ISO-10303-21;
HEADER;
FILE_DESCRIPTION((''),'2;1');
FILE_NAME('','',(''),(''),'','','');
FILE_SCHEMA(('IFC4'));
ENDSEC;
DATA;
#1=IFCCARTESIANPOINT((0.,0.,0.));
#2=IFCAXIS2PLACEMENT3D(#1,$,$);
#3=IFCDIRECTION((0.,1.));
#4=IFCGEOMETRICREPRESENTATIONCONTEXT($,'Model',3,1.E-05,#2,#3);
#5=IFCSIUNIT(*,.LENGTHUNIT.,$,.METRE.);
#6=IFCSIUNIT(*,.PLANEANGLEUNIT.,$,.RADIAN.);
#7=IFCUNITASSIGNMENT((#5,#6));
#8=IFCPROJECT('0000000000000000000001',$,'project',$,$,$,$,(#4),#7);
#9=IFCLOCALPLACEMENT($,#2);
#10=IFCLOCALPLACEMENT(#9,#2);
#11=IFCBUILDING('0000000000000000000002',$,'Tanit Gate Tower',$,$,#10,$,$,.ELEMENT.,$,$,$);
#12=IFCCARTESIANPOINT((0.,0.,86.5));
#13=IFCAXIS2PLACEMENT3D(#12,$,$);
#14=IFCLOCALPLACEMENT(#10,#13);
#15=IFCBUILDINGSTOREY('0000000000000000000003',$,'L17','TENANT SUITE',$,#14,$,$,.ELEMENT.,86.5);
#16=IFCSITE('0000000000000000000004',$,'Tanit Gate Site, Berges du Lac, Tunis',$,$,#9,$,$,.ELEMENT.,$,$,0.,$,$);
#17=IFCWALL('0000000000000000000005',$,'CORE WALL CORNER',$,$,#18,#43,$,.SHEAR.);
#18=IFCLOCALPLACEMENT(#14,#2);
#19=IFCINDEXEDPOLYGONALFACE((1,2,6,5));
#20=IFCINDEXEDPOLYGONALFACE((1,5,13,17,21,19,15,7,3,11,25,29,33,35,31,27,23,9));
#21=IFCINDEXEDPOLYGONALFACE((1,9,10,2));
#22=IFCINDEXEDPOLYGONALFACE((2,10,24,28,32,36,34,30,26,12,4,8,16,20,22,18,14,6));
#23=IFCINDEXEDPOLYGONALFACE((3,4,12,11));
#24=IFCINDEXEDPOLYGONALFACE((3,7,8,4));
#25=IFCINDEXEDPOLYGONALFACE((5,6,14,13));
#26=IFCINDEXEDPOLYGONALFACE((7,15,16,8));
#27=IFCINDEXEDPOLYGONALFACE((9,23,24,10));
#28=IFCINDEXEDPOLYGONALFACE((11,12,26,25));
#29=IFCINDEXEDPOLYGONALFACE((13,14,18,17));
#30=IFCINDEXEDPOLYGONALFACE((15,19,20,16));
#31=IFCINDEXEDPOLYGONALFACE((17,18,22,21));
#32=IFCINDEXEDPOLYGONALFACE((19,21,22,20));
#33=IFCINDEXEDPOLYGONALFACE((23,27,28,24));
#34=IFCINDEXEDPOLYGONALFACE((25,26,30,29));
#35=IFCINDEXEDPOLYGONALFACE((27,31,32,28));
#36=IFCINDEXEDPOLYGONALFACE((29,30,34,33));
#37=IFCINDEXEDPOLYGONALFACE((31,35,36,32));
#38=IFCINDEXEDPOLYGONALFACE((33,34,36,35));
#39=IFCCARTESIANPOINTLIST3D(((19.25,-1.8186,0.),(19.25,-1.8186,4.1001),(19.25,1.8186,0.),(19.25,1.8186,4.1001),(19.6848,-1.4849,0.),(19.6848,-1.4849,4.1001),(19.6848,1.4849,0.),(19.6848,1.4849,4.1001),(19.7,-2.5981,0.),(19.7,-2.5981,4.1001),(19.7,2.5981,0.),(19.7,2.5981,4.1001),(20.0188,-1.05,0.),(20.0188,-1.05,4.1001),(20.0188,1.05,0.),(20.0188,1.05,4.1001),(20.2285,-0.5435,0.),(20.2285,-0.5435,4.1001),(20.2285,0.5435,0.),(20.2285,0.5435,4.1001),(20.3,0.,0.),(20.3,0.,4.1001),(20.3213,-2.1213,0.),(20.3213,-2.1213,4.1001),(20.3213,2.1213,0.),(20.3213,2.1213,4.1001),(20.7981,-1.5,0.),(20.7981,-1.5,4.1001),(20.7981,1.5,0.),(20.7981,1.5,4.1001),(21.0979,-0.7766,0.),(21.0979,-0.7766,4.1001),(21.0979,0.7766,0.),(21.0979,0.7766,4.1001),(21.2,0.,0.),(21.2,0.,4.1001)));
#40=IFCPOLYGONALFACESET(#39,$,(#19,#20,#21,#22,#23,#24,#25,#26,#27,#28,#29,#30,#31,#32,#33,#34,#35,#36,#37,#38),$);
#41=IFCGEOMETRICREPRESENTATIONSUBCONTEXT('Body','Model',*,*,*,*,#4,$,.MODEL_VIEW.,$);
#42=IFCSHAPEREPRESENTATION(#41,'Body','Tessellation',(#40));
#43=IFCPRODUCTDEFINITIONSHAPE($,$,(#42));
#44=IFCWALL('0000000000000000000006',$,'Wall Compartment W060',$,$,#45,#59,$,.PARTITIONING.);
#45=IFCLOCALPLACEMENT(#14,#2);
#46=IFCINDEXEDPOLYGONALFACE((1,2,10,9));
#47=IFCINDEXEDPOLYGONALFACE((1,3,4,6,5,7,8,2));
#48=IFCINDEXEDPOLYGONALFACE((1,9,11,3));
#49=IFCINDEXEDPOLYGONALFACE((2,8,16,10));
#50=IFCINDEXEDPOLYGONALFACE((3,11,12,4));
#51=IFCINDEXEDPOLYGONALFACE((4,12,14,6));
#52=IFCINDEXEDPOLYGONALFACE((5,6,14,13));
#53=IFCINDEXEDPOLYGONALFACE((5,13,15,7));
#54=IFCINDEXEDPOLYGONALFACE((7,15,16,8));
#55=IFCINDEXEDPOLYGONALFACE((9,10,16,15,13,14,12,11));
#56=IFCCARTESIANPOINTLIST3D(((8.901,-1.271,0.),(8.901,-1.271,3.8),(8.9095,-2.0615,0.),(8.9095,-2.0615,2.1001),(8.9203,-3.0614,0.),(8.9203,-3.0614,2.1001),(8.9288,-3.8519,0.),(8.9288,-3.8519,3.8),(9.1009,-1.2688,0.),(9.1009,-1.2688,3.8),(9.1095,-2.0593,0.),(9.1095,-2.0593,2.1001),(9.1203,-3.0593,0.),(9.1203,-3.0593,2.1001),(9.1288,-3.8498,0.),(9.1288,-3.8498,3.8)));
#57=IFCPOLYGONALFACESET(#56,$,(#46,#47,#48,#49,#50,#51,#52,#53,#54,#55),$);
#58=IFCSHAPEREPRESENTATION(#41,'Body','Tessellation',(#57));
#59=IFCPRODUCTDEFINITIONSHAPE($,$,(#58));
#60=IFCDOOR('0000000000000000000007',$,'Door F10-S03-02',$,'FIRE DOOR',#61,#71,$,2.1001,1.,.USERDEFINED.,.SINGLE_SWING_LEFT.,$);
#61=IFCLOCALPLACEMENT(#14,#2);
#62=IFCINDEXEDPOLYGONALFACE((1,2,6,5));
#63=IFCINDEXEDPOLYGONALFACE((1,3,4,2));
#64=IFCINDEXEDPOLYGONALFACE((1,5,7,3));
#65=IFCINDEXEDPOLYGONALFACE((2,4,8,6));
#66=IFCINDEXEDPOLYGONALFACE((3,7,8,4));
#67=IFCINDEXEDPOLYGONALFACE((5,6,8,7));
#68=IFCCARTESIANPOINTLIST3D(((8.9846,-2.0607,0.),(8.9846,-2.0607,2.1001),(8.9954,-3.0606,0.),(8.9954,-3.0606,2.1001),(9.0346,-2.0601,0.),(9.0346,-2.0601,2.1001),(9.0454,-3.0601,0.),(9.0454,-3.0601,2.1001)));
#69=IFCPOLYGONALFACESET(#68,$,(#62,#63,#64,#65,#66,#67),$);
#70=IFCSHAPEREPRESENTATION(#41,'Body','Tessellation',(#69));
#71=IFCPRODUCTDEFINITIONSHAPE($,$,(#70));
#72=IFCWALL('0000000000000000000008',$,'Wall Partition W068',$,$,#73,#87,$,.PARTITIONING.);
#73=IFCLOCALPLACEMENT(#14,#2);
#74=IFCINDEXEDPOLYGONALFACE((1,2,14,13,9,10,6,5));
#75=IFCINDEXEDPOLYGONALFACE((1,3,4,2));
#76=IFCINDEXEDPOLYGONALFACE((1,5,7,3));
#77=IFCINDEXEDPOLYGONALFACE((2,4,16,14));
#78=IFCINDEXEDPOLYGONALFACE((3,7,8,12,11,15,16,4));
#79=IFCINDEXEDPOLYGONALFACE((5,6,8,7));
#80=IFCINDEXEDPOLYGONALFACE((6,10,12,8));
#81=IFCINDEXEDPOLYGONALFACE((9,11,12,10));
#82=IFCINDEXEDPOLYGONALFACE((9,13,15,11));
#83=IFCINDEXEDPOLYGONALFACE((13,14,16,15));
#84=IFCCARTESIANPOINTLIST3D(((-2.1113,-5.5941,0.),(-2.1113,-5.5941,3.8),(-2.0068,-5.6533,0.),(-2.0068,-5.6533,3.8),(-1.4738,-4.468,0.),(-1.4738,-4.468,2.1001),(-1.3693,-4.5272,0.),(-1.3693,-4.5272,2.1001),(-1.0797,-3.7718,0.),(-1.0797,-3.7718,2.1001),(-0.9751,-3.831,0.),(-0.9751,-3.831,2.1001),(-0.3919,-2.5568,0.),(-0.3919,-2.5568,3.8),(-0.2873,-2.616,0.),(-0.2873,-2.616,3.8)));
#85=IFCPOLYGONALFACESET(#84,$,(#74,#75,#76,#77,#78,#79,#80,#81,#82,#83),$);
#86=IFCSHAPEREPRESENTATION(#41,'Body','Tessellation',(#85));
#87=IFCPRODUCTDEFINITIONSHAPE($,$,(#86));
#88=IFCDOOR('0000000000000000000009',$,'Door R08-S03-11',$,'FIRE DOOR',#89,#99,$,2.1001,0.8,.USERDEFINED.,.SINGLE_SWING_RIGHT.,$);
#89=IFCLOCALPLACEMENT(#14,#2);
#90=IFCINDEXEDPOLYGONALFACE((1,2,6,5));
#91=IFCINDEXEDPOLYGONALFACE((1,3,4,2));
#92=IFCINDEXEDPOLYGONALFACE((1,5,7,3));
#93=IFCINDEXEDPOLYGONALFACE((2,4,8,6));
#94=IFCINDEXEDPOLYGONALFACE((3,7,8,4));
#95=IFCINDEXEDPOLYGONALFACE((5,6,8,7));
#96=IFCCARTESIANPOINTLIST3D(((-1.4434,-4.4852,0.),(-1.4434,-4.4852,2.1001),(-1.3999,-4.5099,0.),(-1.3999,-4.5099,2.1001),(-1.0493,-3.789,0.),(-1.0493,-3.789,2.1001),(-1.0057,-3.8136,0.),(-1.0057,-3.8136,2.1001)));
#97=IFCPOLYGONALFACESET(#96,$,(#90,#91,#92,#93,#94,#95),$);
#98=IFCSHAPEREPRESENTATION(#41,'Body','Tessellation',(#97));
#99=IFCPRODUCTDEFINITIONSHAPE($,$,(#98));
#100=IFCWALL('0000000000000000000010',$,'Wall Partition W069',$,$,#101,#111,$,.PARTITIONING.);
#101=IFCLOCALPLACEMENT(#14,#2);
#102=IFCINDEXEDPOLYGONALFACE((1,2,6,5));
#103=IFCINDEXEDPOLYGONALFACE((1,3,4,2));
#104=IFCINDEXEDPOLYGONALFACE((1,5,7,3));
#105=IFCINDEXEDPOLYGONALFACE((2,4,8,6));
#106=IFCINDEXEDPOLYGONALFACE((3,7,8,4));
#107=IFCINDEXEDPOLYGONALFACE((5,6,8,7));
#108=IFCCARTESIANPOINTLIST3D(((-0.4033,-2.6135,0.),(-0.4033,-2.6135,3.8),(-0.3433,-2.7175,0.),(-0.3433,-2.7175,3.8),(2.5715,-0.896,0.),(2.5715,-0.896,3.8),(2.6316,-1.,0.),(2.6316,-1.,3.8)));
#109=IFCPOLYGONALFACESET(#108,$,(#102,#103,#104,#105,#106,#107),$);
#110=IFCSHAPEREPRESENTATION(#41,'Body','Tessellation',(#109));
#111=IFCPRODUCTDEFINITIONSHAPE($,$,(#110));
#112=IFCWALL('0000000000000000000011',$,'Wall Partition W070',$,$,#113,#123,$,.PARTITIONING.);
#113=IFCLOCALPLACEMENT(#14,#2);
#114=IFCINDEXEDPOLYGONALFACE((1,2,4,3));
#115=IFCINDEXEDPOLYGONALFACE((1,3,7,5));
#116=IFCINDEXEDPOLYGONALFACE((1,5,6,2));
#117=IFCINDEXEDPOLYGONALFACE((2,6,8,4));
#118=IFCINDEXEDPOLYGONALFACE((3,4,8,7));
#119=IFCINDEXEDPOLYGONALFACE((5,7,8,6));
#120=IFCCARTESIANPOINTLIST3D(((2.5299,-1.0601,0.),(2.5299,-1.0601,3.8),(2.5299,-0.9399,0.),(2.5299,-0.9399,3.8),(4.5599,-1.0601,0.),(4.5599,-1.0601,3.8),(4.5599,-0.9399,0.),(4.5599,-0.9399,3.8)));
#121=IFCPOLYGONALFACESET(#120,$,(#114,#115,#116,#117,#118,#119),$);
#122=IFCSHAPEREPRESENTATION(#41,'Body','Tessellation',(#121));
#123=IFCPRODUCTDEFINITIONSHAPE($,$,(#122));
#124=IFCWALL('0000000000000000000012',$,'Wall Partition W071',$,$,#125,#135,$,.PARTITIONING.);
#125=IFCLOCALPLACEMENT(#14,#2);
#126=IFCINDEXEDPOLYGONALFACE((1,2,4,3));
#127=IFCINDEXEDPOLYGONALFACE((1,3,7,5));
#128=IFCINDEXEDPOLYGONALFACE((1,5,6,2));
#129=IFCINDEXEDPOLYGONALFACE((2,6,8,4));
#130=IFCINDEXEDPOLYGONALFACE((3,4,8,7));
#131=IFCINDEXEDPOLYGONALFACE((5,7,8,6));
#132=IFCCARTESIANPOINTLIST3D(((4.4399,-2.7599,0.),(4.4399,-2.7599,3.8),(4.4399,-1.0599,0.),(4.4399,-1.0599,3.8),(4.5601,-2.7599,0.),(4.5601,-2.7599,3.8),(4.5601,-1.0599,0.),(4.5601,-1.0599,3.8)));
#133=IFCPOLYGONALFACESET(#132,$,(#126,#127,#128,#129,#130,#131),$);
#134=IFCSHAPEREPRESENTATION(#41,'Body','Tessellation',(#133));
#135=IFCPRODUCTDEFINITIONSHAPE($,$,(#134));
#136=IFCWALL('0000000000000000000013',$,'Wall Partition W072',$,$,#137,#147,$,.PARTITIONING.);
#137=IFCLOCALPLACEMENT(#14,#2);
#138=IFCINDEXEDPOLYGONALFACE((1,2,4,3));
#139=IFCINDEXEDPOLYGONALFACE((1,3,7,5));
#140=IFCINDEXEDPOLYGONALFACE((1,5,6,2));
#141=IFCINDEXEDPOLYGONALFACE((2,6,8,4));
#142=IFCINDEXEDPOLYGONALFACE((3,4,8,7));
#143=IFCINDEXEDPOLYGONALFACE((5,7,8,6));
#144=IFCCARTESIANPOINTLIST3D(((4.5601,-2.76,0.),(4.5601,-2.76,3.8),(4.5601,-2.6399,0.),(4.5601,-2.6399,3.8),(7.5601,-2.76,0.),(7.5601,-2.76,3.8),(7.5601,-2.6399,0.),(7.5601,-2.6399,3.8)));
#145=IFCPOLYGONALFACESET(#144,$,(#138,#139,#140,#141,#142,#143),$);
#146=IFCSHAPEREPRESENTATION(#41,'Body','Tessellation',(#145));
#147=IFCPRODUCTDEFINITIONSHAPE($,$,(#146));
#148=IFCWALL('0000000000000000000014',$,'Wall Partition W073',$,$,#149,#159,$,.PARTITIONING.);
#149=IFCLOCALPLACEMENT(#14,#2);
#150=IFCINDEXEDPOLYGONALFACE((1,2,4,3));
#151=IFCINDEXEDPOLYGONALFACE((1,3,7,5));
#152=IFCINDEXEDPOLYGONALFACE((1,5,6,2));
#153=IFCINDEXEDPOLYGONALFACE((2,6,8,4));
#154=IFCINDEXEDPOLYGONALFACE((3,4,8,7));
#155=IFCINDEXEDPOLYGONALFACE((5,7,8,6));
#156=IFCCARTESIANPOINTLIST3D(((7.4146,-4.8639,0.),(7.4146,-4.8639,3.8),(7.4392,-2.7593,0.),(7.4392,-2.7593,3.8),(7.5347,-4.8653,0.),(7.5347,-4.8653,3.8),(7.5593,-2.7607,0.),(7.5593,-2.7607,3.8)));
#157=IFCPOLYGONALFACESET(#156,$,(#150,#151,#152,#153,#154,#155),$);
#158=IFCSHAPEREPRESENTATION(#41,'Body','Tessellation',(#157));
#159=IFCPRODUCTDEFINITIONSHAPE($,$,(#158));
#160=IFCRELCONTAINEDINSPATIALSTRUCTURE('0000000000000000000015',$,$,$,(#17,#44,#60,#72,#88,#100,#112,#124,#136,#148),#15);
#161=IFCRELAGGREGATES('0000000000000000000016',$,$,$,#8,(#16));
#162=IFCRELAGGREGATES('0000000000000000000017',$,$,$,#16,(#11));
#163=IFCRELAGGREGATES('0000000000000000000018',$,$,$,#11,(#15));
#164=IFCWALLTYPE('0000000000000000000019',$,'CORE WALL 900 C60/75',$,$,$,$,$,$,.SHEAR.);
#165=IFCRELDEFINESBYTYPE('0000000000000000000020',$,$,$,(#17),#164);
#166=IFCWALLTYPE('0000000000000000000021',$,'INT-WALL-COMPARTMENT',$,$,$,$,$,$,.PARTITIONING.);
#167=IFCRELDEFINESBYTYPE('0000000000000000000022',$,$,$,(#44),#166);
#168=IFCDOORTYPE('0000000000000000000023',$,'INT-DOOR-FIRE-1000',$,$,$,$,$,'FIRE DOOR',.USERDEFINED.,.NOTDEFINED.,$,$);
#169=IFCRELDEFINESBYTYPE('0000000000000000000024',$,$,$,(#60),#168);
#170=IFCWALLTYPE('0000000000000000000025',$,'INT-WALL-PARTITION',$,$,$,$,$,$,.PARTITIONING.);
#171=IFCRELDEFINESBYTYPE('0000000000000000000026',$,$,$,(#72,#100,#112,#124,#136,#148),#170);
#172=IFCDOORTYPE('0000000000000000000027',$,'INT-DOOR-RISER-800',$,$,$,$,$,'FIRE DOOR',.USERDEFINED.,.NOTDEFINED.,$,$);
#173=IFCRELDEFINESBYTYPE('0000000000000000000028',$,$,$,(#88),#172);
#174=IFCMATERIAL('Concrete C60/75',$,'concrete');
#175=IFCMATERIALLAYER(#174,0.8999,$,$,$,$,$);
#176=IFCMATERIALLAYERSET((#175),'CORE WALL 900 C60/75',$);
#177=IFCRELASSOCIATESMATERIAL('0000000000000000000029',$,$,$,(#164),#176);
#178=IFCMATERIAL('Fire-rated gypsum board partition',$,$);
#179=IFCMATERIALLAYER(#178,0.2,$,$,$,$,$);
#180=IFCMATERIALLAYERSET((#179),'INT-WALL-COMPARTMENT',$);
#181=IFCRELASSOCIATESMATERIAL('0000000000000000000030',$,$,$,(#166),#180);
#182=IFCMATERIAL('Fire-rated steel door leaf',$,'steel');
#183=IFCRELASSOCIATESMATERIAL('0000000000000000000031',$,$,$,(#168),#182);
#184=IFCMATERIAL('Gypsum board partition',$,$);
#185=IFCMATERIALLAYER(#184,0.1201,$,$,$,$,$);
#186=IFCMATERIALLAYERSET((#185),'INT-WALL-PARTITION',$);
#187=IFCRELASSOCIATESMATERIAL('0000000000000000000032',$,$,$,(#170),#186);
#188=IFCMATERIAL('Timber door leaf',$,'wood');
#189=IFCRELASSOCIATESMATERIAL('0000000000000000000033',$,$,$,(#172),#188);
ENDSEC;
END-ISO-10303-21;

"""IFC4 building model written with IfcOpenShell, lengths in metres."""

from ifc_helpers import new_model, si_unit, direction, frame, frame_2d, origin, place, context, subcontext, project, spatial, polyline, rectangle, outline, extrude, material, layer, layer_set, type_object, element, fill, save


model = new_model("IFC4")

# Units and contexts
model_context = context("Model", 3, precision=1e-05, world=origin(), true_north=direction((0.0, 1.0)))
body_context = subcontext(model_context, "Body", "Model", "MODEL_VIEW")
ifc_project = project(units=[si_unit("LENGTHUNIT", "METRE"), si_unit("PLANEANGLEUNIT", "RADIAN")], contexts=[model_context])

# Site, building, storey
site_placement = place(None, origin())
site = spatial("IfcSite", under=ifc_project, at=site_placement, Name="Tanit Gate Site, Berges du Lac, Tunis", CompositionType="ELEMENT", RefElevation=0.0)
building_placement = place(site_placement, origin())
building = spatial("IfcBuilding", under=site, at=building_placement, Name="Tanit Gate Tower", CompositionType="ELEMENT")
storey_placement = place(building_placement, frame((0.0, 0.0, 86.5)))
storey = spatial("IfcBuildingStorey", under=building, at=storey_placement, Name="L17", Description="TENANT SUITE", CompositionType="ELEMENT", Elevation=86.5)

# Wall
ifc_material_1 = material(Name="Concrete C60/75", Category="concrete")
ifc_layer_1 = layer(ifc_material_1, 0.8999)
ifc_layer_set_1 = layer_set([ifc_layer_1], Name="CORE WALL 900 C60/75")
wall_type_1 = type_object("IfcWallType", Name="CORE WALL 900 C60/75", PredefinedType="SHEAR", material=ifc_layer_set_1)
wall_1_placement = place(storey_placement, origin())
element("IfcWall", 1, at=wall_1_placement, inside=storey, type_object=wall_type_1, Name="CORE WALL CORNER", PredefinedType="SHEAR", context=body_context, shape_type="SweptSolid", body=[
    extrude(outline(polyline([(19.7, -2.5981), (20.3213, -2.1213), (20.7981, -1.5), (21.0979, -0.7766), (21.2, 0.0), (21.0979, 0.7766), (20.7981, 1.5), (20.3213, 2.1213), (19.7, 2.5981), (19.25, 1.8186), (19.6848, 1.4849), (20.0188, 1.05), (20.2285, 0.5435), (20.3, 0.0), (20.2285, -0.5435), (20.0188, -1.05), (19.6848, -1.4849), (19.25, -1.8186), (19.7, -2.5981)])), origin(), (0.0, 0.0, 1.0), 4.1001),
])

# Walls, openings, doors
ifc_material_2 = material(Name="Fire-rated gypsum board partition")
ifc_layer_2 = layer(ifc_material_2, 0.2)
ifc_layer_set_2 = layer_set([ifc_layer_2], Name="INT-WALL-COMPARTMENT")
wall_type_2 = type_object("IfcWallType", Name="INT-WALL-COMPARTMENT", PredefinedType="PARTITIONING", material=ifc_layer_set_2)
wall_2_placement = place(storey_placement, frame((9.0288, -3.8508, 0.0), z_axis=(0.0, 0.0, 1.0), x_axis=(-0.010784, 0.999942, 0.0)))
wall_2 = element("IfcWall", 2, at=wall_2_placement, inside=storey, type_object=wall_type_2, Name="Wall Compartment W060", PredefinedType="PARTITIONING", context=body_context, shape_type="SweptSolid", body=[
    extrude(rectangle(XDim=2.5811, YDim=0.2, at=frame_2d((1.2905, 0.0))), origin(), (0.0, 0.0, 1.0), 3.8),
])
opening_1_placement = place(wall_2_placement, frame((0.7905, 0.0, 0.0)))
opening_1 = element("IfcOpeningElement", 3, at=opening_1_placement, cuts=wall_2, PredefinedType="OPENING", context=body_context, shape_type="SweptSolid", body=[
    extrude(rectangle(XDim=1.0, YDim=2.1001, at=frame_2d((0.5, 1.05))), frame((0.0, 0.1099, 0.0), z_axis=(0.0, -1.0, 0.0), x_axis=(1.0, 0.0, 0.0)), (0.0, 0.0, 1.0), 0.22),
])
ifc_material_3 = material(Name="Fire-rated steel door leaf", Category="steel")
door_type_1 = type_object("IfcDoorType", Name="INT-DOOR-FIRE-1000", ElementType="FIRE DOOR", OperationType="NOTDEFINED", PredefinedType="USERDEFINED", material=ifc_material_3)
door_1_placement = place(opening_1_placement, origin())
door_1 = element("IfcDoor", 4, at=door_1_placement, inside=storey, type_object=door_type_1, Name="Door F10-S03-02", ObjectType="FIRE DOOR", OperationType="SINGLE_SWING_LEFT", OverallHeight=2.1001, OverallWidth=1.0, PredefinedType="USERDEFINED", context=body_context, shape_type="SweptSolid", body=[
    extrude(rectangle(XDim=1.0, YDim=2.1001, at=frame_2d((0.5, 1.05))), frame((0.0, 0.0249, 0.0), z_axis=(0.0, -1.0, 0.0), x_axis=(1.0, 0.0, 0.0)), (0.0, 0.0, 1.0), 0.05),
])
fill(opening_1, door_1)
ifc_material_4 = material(Name="Gypsum board partition")
ifc_layer_3 = layer(ifc_material_4, 0.1201)
ifc_layer_set_3 = layer_set([ifc_layer_3], Name="INT-WALL-PARTITION")
wall_type_3 = type_object("IfcWallType", Name="INT-WALL-PARTITION", PredefinedType="PARTITIONING", material=ifc_layer_set_3)
wall_3_placement = place(storey_placement, frame((-0.3396, -2.5864, 0.0), z_axis=(0.0, 0.0, 1.0), x_axis=(-0.492647, -0.870229, 0.0)))
wall_3 = element("IfcWall", 5, at=wall_3_placement, inside=storey, type_object=wall_type_3, Name="Wall Partition W068", PredefinedType="PARTITIONING", context=body_context, shape_type="SweptSolid", body=[
    extrude(rectangle(XDim=3.4902, YDim=0.1201, at=frame_2d((1.7451, 0.0))), origin(), (0.0, 0.0, 1.0), 3.8),
])
opening_2_placement = place(wall_3_placement, frame((1.3962, 0.0, 0.0)))
opening_2 = element("IfcOpeningElement", 6, at=opening_2_placement, cuts=wall_3, PredefinedType="OPENING", context=body_context, shape_type="SweptSolid", body=[
    extrude(rectangle(XDim=0.8, YDim=2.1001, at=frame_2d((0.3999, 1.05))), frame((0.0, 0.0701, 0.0), z_axis=(0.0, -1.0, 0.0), x_axis=(1.0, 0.0, 0.0)), (0.0, 0.0, 1.0), 0.1401),
])
ifc_material_5 = material(Name="Timber door leaf", Category="wood")
door_type_2 = type_object("IfcDoorType", Name="INT-DOOR-RISER-800", ElementType="FIRE DOOR", OperationType="NOTDEFINED", PredefinedType="USERDEFINED", material=ifc_material_5)
door_2_placement = place(opening_2_placement, origin())
door_2 = element("IfcDoor", 7, at=door_2_placement, inside=storey, type_object=door_type_2, Name="Door R08-S03-11", ObjectType="FIRE DOOR", OperationType="SINGLE_SWING_RIGHT", OverallHeight=2.1001, OverallWidth=0.8, PredefinedType="USERDEFINED", context=body_context, shape_type="SweptSolid", body=[
    extrude(rectangle(XDim=0.8, YDim=2.1001, at=frame_2d((0.3999, 1.05))), frame((0.0, 0.0249, 0.0), z_axis=(0.0, -1.0, 0.0), x_axis=(1.0, 0.0, 0.0)), (0.0, 0.0, 1.0), 0.05),
])
fill(opening_2, door_2)

# Walls
wall_4_placement = place(storey_placement, frame((2.6016, -0.948, 0.0), z_axis=(0.0, 0.0, 1.0), x_axis=(-0.866026, -0.499999, 0.0)))
element("IfcWall", 8, at=wall_4_placement, inside=storey, type_object=wall_type_3, Name="Wall Partition W069", PredefinedType="PARTITIONING", context=body_context, shape_type="SweptSolid", body=[
    extrude(rectangle(XDim=3.4351, YDim=0.1201, at=frame_2d((1.7175, 0.0))), origin(), (0.0, 0.0, 1.0), 3.8),
])
wall_5_placement = place(storey_placement, frame((4.5601, -1.0, 0.0), z_axis=(0.0, 0.0, 1.0), x_axis=(-1.0, 0.0, 0.0)))
element("IfcWall", 9, at=wall_5_placement, inside=storey, type_object=wall_type_3, Name="Wall Partition W070", PredefinedType="PARTITIONING", context=body_context, shape_type="SweptSolid", body=[
    extrude(rectangle(XDim=2.03, YDim=0.1201, at=frame_2d((1.0151, 0.0))), origin(), (0.0, 0.0, 1.0), 3.8),
])
wall_6_placement = place(storey_placement, frame((4.5, -2.76, 0.0), z_axis=(0.0, 0.0, 1.0), x_axis=(0.0, 1.0, 0.0)))
element("IfcWall", 10, at=wall_6_placement, inside=storey, type_object=wall_type_3, Name="Wall Partition W071", PredefinedType="PARTITIONING", context=body_context, shape_type="SweptSolid", body=[
    extrude(rectangle(XDim=1.7, YDim=0.1201, at=frame_2d((0.8501, 0.0))), origin(), (0.0, 0.0, 1.0), 3.8),
])
wall_7_placement = place(storey_placement, frame((7.5601, -2.7, 0.0), z_axis=(0.0, 0.0, 1.0), x_axis=(-1.0, 0.0, 0.0)))
element("IfcWall", 11, at=wall_7_placement, inside=storey, type_object=wall_type_3, Name="Wall Partition W072", PredefinedType="PARTITIONING", context=body_context, shape_type="SweptSolid", body=[
    extrude(rectangle(XDim=3.0, YDim=0.1201, at=frame_2d((1.5, 0.0))), origin(), (0.0, 0.0, 1.0), 3.8),
])
wall_8_placement = place(storey_placement, frame((7.4746, -4.8645, 0.0), z_axis=(0.0, 0.0, 1.0), x_axis=(0.011716, 0.999931, 0.0)))
element("IfcWall", 12, at=wall_8_placement, inside=storey, type_object=wall_type_3, Name="Wall Partition W073", PredefinedType="PARTITIONING", context=body_context, shape_type="SweptSolid", body=[
    extrude(rectangle(XDim=2.1047, YDim=0.1201, at=frame_2d((1.0522, 0.0))), origin(), (0.0, 0.0, 1.0), 3.8),
])

save(model, "model.ifc")
